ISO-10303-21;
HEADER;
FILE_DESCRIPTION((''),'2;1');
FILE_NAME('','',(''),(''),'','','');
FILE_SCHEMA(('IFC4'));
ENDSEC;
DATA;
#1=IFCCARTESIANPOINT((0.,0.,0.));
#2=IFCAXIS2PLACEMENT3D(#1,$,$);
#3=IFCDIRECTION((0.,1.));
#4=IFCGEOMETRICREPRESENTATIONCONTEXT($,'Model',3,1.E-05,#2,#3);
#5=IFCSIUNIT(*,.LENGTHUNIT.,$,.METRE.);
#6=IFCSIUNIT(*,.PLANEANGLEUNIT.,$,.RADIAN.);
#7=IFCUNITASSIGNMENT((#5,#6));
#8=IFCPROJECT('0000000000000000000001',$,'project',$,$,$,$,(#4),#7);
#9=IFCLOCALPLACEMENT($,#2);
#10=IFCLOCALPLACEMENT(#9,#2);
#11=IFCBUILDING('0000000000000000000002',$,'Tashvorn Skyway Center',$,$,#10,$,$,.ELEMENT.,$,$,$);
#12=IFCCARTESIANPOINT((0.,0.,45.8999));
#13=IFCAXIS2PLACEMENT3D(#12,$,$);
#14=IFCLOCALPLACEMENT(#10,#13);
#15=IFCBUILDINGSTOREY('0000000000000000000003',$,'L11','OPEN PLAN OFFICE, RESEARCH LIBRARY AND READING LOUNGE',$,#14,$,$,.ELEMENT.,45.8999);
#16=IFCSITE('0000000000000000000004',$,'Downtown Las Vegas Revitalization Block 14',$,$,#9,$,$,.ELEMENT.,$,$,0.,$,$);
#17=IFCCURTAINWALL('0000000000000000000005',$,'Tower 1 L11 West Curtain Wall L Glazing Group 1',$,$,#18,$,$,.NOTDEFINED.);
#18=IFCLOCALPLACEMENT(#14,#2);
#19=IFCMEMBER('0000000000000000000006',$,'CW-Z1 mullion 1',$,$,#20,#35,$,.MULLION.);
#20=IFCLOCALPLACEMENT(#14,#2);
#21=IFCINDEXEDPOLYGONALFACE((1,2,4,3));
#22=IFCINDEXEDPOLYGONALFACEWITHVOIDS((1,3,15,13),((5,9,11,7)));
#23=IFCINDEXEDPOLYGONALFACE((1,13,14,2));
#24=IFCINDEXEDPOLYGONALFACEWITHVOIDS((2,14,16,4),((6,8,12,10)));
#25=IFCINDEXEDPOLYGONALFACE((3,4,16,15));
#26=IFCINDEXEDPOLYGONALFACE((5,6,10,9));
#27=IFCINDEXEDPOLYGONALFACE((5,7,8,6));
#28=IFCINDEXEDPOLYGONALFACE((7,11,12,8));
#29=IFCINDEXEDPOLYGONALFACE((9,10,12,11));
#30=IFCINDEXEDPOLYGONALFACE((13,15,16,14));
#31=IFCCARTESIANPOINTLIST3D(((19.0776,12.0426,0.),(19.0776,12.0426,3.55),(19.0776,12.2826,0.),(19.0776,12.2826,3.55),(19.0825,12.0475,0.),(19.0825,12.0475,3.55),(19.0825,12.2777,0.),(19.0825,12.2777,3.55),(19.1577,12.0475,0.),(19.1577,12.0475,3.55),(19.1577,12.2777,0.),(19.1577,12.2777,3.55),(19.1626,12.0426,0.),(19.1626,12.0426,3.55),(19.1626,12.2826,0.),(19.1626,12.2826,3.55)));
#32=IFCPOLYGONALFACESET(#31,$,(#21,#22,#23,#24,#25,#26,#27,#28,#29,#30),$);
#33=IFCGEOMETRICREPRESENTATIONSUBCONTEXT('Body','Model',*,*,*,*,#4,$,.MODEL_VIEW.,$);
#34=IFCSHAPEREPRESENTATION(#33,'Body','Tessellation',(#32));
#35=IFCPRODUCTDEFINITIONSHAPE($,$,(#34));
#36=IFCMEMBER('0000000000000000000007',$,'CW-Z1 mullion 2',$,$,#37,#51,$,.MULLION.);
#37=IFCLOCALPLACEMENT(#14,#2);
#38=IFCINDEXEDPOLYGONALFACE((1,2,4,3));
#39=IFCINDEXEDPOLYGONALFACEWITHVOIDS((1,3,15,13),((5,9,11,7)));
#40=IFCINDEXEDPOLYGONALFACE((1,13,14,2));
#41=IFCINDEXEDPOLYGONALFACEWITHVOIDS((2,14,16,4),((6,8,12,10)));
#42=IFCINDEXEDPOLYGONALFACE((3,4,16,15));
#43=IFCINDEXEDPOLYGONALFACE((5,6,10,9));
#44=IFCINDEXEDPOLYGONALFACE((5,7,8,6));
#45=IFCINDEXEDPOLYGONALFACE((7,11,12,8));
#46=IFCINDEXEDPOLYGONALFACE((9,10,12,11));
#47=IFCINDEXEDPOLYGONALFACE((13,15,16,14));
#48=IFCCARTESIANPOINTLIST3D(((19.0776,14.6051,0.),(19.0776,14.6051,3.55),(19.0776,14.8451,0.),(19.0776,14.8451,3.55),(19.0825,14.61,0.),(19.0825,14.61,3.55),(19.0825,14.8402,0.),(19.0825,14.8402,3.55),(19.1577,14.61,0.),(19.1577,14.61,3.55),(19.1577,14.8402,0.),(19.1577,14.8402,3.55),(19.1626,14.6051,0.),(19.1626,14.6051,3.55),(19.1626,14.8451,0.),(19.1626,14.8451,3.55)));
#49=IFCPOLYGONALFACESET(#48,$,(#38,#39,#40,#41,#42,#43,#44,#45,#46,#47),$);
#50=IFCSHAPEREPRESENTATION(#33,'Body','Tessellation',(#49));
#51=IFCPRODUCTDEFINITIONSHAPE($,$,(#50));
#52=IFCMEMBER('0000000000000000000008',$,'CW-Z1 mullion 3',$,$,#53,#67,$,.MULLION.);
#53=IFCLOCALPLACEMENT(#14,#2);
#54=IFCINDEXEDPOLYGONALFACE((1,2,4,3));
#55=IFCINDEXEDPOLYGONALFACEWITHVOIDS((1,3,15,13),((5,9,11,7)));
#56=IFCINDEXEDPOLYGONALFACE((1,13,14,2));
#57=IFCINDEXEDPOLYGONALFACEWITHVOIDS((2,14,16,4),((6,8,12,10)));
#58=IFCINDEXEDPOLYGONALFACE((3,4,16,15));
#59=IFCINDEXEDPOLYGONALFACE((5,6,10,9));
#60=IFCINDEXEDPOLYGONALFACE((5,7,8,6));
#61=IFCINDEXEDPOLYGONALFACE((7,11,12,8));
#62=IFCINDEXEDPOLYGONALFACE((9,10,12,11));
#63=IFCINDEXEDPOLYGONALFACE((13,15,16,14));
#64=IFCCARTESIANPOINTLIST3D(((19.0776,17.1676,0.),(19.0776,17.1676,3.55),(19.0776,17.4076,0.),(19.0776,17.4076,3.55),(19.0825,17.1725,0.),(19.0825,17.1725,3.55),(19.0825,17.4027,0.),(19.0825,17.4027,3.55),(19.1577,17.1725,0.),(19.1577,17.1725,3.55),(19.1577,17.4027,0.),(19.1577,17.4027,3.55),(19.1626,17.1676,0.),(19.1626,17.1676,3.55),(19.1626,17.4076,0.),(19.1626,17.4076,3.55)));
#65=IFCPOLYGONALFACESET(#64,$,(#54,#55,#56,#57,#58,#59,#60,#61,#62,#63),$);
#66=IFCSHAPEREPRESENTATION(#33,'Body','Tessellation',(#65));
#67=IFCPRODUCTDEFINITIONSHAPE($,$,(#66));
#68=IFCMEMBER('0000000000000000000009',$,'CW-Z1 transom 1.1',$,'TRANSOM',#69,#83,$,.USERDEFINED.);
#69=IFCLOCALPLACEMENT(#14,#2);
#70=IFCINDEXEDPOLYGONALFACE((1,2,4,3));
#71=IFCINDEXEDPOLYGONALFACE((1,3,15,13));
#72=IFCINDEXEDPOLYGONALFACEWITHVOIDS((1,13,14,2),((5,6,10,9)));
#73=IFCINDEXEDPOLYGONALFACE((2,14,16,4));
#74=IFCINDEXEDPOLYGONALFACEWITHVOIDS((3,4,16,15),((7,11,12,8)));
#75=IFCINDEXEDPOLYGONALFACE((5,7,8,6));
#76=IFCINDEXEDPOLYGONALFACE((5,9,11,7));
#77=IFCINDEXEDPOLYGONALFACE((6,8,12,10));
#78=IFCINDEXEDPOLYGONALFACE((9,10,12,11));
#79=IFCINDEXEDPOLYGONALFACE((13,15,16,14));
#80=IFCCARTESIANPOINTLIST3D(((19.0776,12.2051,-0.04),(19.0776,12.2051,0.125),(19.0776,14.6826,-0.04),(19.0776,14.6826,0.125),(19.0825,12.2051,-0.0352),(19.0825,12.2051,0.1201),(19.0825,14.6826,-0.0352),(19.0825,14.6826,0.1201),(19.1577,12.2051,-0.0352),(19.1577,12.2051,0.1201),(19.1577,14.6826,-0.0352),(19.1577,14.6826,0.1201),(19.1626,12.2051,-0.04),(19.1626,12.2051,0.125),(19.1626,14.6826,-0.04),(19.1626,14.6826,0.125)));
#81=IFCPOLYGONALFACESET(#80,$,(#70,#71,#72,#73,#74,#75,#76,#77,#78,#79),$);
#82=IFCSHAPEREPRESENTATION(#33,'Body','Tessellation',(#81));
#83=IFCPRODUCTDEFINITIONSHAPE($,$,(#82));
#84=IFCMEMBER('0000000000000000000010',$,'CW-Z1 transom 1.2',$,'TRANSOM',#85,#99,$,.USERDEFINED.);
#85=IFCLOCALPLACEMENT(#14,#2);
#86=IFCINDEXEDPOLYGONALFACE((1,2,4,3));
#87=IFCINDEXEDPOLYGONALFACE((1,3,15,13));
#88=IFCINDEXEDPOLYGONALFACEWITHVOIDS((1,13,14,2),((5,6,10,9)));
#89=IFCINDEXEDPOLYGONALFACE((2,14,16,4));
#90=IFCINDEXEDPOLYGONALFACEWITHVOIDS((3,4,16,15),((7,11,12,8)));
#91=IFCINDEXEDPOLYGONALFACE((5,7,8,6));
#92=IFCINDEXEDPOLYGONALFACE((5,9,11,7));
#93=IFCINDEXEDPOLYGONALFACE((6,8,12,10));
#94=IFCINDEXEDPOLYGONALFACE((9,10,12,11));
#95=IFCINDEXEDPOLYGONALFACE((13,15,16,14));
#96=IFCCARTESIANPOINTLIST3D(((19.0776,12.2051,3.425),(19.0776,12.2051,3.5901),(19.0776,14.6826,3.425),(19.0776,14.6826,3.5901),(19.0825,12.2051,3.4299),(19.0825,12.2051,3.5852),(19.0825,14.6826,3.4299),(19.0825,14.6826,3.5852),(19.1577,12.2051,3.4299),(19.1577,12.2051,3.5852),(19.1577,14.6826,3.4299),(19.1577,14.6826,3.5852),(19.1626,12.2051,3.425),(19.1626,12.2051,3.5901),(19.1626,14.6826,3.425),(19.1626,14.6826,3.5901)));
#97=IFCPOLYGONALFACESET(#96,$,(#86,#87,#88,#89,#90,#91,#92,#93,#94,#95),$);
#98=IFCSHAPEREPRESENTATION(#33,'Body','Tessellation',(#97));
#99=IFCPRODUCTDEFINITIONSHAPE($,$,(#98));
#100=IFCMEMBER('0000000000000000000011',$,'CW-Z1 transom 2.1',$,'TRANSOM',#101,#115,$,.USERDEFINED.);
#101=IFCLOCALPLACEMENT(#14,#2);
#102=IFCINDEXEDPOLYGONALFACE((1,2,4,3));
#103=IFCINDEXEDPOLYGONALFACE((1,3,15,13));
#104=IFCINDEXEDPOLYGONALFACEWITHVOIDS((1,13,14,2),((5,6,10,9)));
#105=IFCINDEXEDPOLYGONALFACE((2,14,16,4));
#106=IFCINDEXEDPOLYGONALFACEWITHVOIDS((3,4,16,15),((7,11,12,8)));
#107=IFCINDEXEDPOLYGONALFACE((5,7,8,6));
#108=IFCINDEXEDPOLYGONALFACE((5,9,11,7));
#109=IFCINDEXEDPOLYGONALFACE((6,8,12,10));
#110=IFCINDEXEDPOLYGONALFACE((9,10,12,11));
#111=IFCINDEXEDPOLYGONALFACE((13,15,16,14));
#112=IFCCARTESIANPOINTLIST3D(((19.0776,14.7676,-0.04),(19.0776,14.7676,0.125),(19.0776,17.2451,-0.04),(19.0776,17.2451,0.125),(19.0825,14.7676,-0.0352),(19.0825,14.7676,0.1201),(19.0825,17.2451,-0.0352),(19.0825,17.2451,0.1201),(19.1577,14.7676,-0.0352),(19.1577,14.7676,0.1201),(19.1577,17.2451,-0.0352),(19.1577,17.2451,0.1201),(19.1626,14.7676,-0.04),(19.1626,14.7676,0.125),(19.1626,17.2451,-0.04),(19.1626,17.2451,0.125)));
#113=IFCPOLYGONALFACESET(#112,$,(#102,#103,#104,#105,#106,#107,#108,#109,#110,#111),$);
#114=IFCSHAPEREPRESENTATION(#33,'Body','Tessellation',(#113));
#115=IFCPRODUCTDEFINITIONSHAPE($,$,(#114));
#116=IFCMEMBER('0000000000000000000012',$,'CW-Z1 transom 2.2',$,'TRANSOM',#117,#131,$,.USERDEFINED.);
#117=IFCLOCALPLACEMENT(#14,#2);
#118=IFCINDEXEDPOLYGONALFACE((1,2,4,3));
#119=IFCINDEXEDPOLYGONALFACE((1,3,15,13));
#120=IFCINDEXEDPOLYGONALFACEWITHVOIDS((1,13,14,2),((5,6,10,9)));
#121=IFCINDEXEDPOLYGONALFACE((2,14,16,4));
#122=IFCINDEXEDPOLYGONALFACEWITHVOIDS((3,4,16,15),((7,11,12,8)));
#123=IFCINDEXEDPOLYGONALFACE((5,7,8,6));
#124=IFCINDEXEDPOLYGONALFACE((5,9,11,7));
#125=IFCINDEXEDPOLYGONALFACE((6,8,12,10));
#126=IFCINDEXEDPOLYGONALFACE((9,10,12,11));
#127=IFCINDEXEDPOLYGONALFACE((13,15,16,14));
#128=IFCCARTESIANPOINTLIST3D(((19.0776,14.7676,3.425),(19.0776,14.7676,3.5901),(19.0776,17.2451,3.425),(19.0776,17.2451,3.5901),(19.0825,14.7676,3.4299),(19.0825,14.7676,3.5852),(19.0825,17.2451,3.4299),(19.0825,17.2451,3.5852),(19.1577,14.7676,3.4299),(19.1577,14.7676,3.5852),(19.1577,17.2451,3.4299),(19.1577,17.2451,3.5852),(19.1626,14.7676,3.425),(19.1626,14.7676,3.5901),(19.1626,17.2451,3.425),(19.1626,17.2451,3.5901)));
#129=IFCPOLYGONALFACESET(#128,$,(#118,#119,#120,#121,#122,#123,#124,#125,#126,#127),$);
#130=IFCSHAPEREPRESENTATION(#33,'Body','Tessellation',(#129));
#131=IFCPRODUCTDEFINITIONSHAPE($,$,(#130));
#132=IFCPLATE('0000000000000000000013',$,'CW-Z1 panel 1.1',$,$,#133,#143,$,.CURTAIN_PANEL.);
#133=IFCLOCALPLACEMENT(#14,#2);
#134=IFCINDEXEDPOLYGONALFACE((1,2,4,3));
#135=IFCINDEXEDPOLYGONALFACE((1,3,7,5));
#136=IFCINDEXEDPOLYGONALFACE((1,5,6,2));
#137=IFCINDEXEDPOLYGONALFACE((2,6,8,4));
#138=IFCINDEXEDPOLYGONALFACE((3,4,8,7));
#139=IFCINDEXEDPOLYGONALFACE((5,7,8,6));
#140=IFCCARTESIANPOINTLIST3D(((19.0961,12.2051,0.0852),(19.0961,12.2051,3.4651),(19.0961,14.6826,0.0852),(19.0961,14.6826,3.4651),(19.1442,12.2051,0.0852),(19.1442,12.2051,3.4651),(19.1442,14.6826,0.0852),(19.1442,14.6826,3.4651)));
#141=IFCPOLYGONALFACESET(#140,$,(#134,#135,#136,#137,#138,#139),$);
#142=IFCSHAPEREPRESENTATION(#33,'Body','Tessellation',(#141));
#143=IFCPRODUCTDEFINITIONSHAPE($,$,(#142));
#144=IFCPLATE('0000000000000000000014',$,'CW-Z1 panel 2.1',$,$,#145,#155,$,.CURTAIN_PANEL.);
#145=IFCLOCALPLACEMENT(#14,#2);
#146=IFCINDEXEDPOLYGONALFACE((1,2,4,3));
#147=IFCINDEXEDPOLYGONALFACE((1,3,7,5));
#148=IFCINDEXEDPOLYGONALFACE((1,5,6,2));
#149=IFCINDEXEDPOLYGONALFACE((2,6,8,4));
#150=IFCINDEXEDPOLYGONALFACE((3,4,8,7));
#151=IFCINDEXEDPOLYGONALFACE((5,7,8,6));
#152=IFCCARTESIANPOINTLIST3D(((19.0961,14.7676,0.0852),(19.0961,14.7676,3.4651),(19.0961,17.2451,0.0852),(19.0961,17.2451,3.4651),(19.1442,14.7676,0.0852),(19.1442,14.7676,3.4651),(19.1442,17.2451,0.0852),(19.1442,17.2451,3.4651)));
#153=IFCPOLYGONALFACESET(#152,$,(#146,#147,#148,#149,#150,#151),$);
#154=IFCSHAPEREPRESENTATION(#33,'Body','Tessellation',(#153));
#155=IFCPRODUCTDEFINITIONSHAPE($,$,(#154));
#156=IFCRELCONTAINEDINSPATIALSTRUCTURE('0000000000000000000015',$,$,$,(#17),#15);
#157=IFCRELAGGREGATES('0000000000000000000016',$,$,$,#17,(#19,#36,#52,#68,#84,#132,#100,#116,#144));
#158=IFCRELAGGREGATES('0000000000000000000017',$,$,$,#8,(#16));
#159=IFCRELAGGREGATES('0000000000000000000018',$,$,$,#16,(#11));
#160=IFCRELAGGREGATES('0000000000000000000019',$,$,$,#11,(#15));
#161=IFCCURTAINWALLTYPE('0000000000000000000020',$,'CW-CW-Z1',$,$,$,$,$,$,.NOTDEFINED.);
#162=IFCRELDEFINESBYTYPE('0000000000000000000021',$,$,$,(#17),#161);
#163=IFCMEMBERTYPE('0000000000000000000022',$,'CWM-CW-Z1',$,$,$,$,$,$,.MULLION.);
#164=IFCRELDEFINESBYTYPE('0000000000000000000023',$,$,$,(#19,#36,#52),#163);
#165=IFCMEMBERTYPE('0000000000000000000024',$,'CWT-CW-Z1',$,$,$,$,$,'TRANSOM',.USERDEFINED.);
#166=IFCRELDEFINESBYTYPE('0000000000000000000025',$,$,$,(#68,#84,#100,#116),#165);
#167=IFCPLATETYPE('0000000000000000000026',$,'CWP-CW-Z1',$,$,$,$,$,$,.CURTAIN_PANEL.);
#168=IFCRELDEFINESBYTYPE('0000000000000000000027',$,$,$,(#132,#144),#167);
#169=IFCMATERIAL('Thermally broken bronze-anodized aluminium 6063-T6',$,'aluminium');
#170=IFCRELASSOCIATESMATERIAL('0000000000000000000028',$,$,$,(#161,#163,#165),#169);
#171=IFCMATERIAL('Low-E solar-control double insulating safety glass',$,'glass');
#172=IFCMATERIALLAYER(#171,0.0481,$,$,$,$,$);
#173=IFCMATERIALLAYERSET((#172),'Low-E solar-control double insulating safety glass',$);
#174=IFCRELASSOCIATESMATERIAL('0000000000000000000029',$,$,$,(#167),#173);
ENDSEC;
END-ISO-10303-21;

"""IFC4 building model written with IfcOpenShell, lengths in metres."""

from ifc_helpers import new_model, si_unit, direction, frame, origin, origin_2d, place, context, subcontext, project, spatial, rectangle, hollow_rectangle, extrude, material, layer, layer_set, material_profile, profile_set, type_object, element, aggregate, save


model = new_model("IFC4")

# Units and contexts
model_context = context("Model", 3, precision=1e-05, world=origin(), true_north=direction((0.0, 1.0)))
body_context = subcontext(model_context, "Body", "Model", "MODEL_VIEW")
ifc_project = project(units=[si_unit("LENGTHUNIT", "METRE"), si_unit("PLANEANGLEUNIT", "RADIAN")], contexts=[model_context])

# Site, building, storey
site_placement = place(None, origin())
site = spatial("IfcSite", under=ifc_project, at=site_placement, Name="Downtown Las Vegas Revitalization Block 14", CompositionType="ELEMENT", RefElevation=0.0)
building_placement = place(site_placement, origin())
building = spatial("IfcBuilding", under=site, at=building_placement, Name="Tashvorn Skyway Center", CompositionType="ELEMENT")
storey_placement = place(building_placement, frame((0.0, 0.0, 45.8999)))
storey = spatial("IfcBuildingStorey", under=building, at=storey_placement, Name="L11", Description="OPEN PLAN OFFICE, RESEARCH LIBRARY AND READING LOUNGE", CompositionType="ELEMENT", Elevation=45.8999)

# Curtain wall, members, plates
ifc_material_1 = material(Name="Thermally broken bronze-anodized aluminium 6063-T6", Category="aluminium")
curtain_wall_type = type_object("IfcCurtainWallType", Name="CW-CW-Z1", PredefinedType="NOTDEFINED", material=ifc_material_1)
curtain_wall_placement = place(storey_placement, origin())
curtain_wall = element("IfcCurtainWall", 1, at=curtain_wall_placement, inside=storey, type_object=curtain_wall_type, Name="Tower 1 L11 West Curtain Wall L Glazing Group 1", PredefinedType="NOTDEFINED")
ifc_material_profile_1 = material_profile(ifc_material_1, hollow_rectangle(XDim=0.085, YDim=0.24, WallThickness=0.0049, at=origin_2d()), Name="ALU-MULL-85x240")
ifc_profile_set_1 = profile_set([ifc_material_profile_1], Name="Thermally broken bronze-anodized aluminium 6063-T6")
member_type_1 = type_object("IfcMemberType", Name="CWM-CW-Z1", PredefinedType="MULLION", material=ifc_profile_set_1)
member_1_placement = place(storey_placement, frame((19.1201, 12.1626, 0.0), z_axis=(0.0, 0.0, 1.0), x_axis=(-1.0, 0.0, 0.0)))
member_1 = element("IfcMember", 2, at=member_1_placement, type_object=member_type_1, Name="CW-Z1 mullion 1", PredefinedType="MULLION", context=body_context, shape_type="SweptSolid", body=[
    extrude(hollow_rectangle(XDim=0.085, YDim=0.24, WallThickness=0.0049, at=origin_2d()), origin(), (0.0, 0.0, 1.0), 3.55),
])
member_2_placement = place(storey_placement, frame((19.1201, 14.7251, 0.0), z_axis=(0.0, 0.0, 1.0), x_axis=(-1.0, 0.0, 0.0)))
member_2 = element("IfcMember", 3, at=member_2_placement, type_object=member_type_1, Name="CW-Z1 mullion 2", PredefinedType="MULLION", context=body_context, shape_type="SweptSolid", body=[
    extrude(hollow_rectangle(XDim=0.085, YDim=0.24, WallThickness=0.0049, at=origin_2d()), origin(), (0.0, 0.0, 1.0), 3.55),
])
member_3_placement = place(storey_placement, frame((19.1201, 17.2876, 0.0), z_axis=(0.0, 0.0, 1.0), x_axis=(-1.0, 0.0, 0.0)))
member_3 = element("IfcMember", 4, at=member_3_placement, type_object=member_type_1, Name="CW-Z1 mullion 3", PredefinedType="MULLION", context=body_context, shape_type="SweptSolid", body=[
    extrude(hollow_rectangle(XDim=0.085, YDim=0.24, WallThickness=0.0049, at=origin_2d()), origin(), (0.0, 0.0, 1.0), 3.55),
])
ifc_material_profile_2 = material_profile(ifc_material_1, hollow_rectangle(XDim=0.085, YDim=0.165, WallThickness=0.0049, at=origin_2d()), Name="ALU-TRAN-85x165")
ifc_profile_set_2 = profile_set([ifc_material_profile_2], Name="Thermally broken bronze-anodized aluminium 6063-T6")
member_type_2 = type_object("IfcMemberType", Name="CWT-CW-Z1", ElementType="TRANSOM", PredefinedType="USERDEFINED", material=ifc_profile_set_2)
member_4_placement = place(storey_placement, frame((19.1201, 12.2051, 0.0425), z_axis=(0.0, 1.0, 0.0), x_axis=(-1.0, 0.0, 0.0)))
member_4 = element("IfcMember", 5, at=member_4_placement, type_object=member_type_2, Name="CW-Z1 transom 1.1", ObjectType="TRANSOM", PredefinedType="USERDEFINED", context=body_context, shape_type="SweptSolid", body=[
    extrude(hollow_rectangle(XDim=0.085, YDim=0.165, WallThickness=0.0049, at=origin_2d()), origin(), (0.0, 0.0, 1.0), 2.4775),
])
member_5_placement = place(storey_placement, frame((19.1201, 12.2051, 3.5076), z_axis=(0.0, 1.0, 0.0), x_axis=(-1.0, 0.0, 0.0)))
member_5 = element("IfcMember", 6, at=member_5_placement, type_object=member_type_2, Name="CW-Z1 transom 1.2", ObjectType="TRANSOM", PredefinedType="USERDEFINED", context=body_context, shape_type="SweptSolid", body=[
    extrude(hollow_rectangle(XDim=0.085, YDim=0.165, WallThickness=0.0049, at=origin_2d()), origin(), (0.0, 0.0, 1.0), 2.4775),
])
member_6_placement = place(storey_placement, frame((19.1201, 14.7676, 0.0425), z_axis=(0.0, 1.0, 0.0), x_axis=(-1.0, 0.0, 0.0)))
member_6 = element("IfcMember", 7, at=member_6_placement, type_object=member_type_2, Name="CW-Z1 transom 2.1", ObjectType="TRANSOM", PredefinedType="USERDEFINED", context=body_context, shape_type="SweptSolid", body=[
    extrude(hollow_rectangle(XDim=0.085, YDim=0.165, WallThickness=0.0049, at=origin_2d()), origin(), (0.0, 0.0, 1.0), 2.4775),
])
member_7_placement = place(storey_placement, frame((19.1201, 14.7676, 3.5076), z_axis=(0.0, 1.0, 0.0), x_axis=(-1.0, 0.0, 0.0)))
member_7 = element("IfcMember", 8, at=member_7_placement, type_object=member_type_2, Name="CW-Z1 transom 2.2", ObjectType="TRANSOM", PredefinedType="USERDEFINED", context=body_context, shape_type="SweptSolid", body=[
    extrude(hollow_rectangle(XDim=0.085, YDim=0.165, WallThickness=0.0049, at=origin_2d()), origin(), (0.0, 0.0, 1.0), 2.4775),
])
ifc_material_2 = material(Name="Low-E solar-control double insulating safety glass", Category="glass")
ifc_layer_1 = layer(ifc_material_2, 0.0481)
ifc_layer_set_1 = layer_set([ifc_layer_1], Name="Low-E solar-control double insulating safety glass")
plate_type = type_object("IfcPlateType", Name="CWP-CW-Z1", PredefinedType="CURTAIN_PANEL", material=ifc_layer_set_1)
plate_1_placement = place(storey_placement, frame((19.1201, 13.4438, 0.0852), z_axis=(0.0, 0.0, 1.0), x_axis=(0.0, 1.0, 0.0)))
plate_1 = element("IfcPlate", 9, at=plate_1_placement, type_object=plate_type, Name="CW-Z1 panel 1.1", PredefinedType="CURTAIN_PANEL", context=body_context, shape_type="SweptSolid", body=[
    extrude(rectangle(XDim=2.4775, YDim=0.0481, at=origin_2d()), origin(), (0.0, 0.0, 1.0), 3.3799),
])
plate_2_placement = place(storey_placement, frame((19.1201, 16.0063, 0.0852), z_axis=(0.0, 0.0, 1.0), x_axis=(0.0, 1.0, 0.0)))
plate_2 = element("IfcPlate", 10, at=plate_2_placement, type_object=plate_type, Name="CW-Z1 panel 2.1", PredefinedType="CURTAIN_PANEL", context=body_context, shape_type="SweptSolid", body=[
    extrude(rectangle(XDim=2.4775, YDim=0.0481, at=origin_2d()), origin(), (0.0, 0.0, 1.0), 3.3799),
])
aggregate(curtain_wall, [member_1, member_2, member_3, member_4, member_5, plate_1, member_6, member_7, plate_2])

save(model, "model.ifc")
